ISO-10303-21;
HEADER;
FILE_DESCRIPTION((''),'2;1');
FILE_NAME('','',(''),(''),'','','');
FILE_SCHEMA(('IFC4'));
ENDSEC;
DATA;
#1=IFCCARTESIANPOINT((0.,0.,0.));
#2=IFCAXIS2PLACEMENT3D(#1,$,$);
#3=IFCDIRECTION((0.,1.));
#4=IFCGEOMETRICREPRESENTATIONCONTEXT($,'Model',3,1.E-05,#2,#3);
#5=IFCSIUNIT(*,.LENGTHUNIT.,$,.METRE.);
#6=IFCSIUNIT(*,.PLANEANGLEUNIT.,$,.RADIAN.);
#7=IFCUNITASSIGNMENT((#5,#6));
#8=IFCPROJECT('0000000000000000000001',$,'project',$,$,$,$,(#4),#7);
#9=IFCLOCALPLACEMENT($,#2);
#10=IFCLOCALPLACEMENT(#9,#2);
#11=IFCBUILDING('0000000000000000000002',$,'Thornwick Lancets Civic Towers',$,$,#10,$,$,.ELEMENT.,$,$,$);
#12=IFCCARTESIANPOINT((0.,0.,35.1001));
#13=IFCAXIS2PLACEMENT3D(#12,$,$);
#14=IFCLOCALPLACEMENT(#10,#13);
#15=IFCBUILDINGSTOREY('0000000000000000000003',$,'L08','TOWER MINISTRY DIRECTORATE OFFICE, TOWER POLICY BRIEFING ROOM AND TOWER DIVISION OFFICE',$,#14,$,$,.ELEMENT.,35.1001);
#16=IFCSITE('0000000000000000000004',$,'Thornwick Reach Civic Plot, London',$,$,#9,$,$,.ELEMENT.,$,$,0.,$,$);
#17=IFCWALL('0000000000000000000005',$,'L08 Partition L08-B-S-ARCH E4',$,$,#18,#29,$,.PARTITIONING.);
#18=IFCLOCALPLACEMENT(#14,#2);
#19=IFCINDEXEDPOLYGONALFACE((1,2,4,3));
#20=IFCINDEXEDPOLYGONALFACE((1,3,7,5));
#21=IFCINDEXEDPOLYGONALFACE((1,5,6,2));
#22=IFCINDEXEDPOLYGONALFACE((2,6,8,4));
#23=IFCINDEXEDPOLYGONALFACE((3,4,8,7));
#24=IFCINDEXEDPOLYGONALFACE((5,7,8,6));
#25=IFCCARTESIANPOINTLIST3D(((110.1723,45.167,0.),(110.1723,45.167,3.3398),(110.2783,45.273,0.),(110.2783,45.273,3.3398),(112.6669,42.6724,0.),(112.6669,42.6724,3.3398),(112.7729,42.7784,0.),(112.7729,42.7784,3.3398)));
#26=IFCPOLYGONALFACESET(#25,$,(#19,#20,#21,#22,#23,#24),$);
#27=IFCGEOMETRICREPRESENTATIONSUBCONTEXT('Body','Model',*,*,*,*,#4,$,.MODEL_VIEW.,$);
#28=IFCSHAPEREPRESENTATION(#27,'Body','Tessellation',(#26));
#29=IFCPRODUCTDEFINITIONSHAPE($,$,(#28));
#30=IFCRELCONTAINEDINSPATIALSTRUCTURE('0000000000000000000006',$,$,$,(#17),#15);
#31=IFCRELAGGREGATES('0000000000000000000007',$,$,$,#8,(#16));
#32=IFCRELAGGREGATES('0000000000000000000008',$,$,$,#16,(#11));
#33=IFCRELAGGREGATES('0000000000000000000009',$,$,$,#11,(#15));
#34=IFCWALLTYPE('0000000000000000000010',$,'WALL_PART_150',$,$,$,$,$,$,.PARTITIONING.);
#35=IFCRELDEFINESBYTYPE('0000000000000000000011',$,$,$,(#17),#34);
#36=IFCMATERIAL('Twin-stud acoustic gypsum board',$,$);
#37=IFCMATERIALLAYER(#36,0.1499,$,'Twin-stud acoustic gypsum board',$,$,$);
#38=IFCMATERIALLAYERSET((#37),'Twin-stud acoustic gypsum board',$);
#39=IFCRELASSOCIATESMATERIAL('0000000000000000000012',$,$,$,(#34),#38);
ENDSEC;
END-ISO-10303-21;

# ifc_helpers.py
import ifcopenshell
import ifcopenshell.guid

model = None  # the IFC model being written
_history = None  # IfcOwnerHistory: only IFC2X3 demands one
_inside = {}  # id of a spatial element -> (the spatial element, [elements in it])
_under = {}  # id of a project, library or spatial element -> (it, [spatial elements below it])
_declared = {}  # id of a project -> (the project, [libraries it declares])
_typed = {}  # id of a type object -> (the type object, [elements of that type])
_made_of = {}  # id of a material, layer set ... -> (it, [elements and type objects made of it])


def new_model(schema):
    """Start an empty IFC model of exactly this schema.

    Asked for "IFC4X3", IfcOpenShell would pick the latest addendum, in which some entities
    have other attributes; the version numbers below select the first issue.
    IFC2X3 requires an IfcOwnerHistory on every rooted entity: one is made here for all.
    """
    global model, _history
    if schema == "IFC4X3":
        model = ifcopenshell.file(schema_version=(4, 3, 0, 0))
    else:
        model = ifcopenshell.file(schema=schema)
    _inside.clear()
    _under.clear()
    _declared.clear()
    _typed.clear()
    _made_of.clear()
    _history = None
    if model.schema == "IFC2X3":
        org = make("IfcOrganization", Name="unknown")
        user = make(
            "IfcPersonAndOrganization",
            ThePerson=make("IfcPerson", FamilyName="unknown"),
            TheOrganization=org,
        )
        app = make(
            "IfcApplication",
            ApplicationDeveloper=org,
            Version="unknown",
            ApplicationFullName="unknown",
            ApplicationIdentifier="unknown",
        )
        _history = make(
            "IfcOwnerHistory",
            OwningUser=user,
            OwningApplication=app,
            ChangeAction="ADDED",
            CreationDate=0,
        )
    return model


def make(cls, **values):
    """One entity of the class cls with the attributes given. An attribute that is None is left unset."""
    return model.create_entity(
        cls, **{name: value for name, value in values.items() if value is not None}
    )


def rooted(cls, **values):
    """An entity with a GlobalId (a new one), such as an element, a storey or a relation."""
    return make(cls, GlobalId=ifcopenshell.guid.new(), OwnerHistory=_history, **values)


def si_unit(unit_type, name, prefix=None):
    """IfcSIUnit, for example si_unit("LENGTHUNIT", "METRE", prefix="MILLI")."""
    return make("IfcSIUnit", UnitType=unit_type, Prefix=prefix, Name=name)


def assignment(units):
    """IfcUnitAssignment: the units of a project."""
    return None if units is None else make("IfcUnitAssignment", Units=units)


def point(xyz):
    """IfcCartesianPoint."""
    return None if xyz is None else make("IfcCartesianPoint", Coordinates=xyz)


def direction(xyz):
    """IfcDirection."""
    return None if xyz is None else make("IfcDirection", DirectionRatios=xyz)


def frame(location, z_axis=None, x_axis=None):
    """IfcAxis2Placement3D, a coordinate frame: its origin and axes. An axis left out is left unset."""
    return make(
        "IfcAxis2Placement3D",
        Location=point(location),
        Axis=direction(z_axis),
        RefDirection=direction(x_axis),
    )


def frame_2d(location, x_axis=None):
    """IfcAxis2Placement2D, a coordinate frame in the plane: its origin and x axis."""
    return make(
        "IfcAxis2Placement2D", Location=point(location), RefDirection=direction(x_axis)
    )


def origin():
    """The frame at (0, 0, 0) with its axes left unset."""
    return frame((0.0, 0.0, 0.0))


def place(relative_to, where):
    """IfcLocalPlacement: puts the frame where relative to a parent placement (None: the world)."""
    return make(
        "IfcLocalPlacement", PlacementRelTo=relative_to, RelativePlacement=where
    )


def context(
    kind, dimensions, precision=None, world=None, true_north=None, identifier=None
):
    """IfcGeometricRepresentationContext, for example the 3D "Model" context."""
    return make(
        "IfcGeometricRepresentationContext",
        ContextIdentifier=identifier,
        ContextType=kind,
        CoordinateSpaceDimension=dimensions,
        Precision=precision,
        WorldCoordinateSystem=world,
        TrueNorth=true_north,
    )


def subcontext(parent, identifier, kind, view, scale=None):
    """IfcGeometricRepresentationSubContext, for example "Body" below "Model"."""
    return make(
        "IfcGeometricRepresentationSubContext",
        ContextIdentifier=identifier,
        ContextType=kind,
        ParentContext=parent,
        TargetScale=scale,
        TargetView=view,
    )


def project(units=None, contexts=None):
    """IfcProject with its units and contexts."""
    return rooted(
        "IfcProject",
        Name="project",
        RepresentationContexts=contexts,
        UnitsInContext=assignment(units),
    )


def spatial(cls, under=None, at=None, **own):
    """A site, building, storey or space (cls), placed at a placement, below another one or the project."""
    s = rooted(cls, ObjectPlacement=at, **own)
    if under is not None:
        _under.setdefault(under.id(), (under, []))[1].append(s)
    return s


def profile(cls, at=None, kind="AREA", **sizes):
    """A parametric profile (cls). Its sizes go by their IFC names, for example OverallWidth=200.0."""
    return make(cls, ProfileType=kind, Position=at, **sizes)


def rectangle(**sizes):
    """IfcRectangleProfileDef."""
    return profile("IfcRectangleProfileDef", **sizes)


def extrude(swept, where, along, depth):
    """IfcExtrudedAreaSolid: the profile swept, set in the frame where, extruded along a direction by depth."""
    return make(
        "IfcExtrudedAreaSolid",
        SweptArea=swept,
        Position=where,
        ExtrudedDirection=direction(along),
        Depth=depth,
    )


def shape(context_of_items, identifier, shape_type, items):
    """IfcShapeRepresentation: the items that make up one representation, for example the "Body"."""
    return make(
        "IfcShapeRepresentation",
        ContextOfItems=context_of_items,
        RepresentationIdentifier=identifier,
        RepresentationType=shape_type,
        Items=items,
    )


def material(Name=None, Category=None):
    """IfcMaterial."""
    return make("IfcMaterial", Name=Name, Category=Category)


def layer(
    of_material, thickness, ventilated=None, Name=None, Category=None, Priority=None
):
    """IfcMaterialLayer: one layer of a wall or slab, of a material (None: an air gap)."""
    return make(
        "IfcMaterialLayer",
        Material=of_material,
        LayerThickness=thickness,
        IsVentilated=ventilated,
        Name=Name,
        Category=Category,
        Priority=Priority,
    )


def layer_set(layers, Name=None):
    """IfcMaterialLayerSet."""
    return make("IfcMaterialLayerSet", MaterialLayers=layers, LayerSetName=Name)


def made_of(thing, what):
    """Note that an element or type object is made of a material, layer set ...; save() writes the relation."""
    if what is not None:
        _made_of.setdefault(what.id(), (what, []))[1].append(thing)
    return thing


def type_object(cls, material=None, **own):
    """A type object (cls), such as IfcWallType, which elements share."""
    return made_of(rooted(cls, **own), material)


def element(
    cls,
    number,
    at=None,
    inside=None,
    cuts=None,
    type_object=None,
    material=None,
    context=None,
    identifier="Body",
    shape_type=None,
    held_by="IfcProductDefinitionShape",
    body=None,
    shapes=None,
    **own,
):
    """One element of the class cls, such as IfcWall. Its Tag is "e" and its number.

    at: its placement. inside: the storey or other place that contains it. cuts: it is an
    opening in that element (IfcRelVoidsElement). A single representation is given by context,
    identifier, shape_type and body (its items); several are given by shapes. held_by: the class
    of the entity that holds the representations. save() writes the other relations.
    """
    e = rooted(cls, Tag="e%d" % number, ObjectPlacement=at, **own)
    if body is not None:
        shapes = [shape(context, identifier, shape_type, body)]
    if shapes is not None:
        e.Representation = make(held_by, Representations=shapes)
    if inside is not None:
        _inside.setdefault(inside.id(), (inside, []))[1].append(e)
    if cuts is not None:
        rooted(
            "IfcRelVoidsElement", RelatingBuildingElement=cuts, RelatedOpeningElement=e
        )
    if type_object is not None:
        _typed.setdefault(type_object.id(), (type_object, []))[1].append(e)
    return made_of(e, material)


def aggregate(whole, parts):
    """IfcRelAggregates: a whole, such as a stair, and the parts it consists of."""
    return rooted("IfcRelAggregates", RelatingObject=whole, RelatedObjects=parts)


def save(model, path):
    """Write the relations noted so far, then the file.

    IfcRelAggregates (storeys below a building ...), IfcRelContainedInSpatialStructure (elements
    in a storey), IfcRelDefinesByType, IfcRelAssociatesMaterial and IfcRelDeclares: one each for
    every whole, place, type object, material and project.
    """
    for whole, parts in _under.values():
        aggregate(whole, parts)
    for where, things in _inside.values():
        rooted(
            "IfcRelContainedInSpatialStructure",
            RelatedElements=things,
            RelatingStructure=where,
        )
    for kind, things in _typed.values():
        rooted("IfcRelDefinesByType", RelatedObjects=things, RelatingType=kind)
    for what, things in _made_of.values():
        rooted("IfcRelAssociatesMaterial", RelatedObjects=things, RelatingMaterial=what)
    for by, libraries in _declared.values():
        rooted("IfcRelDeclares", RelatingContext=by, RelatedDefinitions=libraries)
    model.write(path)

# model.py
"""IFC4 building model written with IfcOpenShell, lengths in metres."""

from ifc_helpers import new_model, si_unit, direction, frame, frame_2d, origin, place, context, subcontext, project, spatial, rectangle, extrude, material, layer, layer_set, type_object, element, save


model = new_model("IFC4")

# Units and contexts
model_context = context("Model", 3, precision=1e-05, world=origin(), true_north=direction((0.0, 1.0)))
body_context = subcontext(model_context, "Body", "Model", "MODEL_VIEW")
ifc_project = project(units=[si_unit("LENGTHUNIT", "METRE"), si_unit("PLANEANGLEUNIT", "RADIAN")], contexts=[model_context])

# Site, building, storey
site_placement = place(None, origin())
site = spatial("IfcSite", under=ifc_project, at=site_placement, Name="Thornwick Reach Civic Plot, London", CompositionType="ELEMENT", RefElevation=0.0)
building_placement = place(site_placement, origin())
building = spatial("IfcBuilding", under=site, at=building_placement, Name="Thornwick Lancets Civic Towers", CompositionType="ELEMENT")
storey_placement = place(building_placement, frame((0.0, 0.0, 35.1001)))
storey = spatial("IfcBuildingStorey", under=building, at=storey_placement, Name="L08", Description="TOWER MINISTRY DIRECTORATE OFFICE, TOWER POLICY BRIEFING ROOM AND TOWER DIVISION OFFICE", CompositionType="ELEMENT", Elevation=35.1001)

# Wall
ifc_material_1 = material(Name="Twin-stud acoustic gypsum board")
ifc_layer_1 = layer(ifc_material_1, 0.1499, Name="Twin-stud acoustic gypsum board")
ifc_layer_set_1 = layer_set([ifc_layer_1], Name="Twin-stud acoustic gypsum board")
wall_type_1 = type_object("IfcWallType", Name="WALL_PART_150", PredefinedType="PARTITIONING", material=ifc_layer_set_1)
wall_1_placement = place(storey_placement, frame((110.2253, 45.22, 0.0), z_axis=(0.0, 0.0, 1.0), x_axis=(0.707107, -0.707107, 0.0)))
element("IfcWall", 1, at=wall_1_placement, inside=storey, type_object=wall_type_1, Name="L08 Partition L08-B-S-ARCH E4", PredefinedType="PARTITIONING", context=body_context, shape_type="SweptSolid", body=[
    extrude(rectangle(XDim=3.5278, YDim=0.1499, at=frame_2d((1.7639, 0.0))), origin(), (0.0, 0.0, 1.0), 3.3398),
])

save(model, "model.ifc")
